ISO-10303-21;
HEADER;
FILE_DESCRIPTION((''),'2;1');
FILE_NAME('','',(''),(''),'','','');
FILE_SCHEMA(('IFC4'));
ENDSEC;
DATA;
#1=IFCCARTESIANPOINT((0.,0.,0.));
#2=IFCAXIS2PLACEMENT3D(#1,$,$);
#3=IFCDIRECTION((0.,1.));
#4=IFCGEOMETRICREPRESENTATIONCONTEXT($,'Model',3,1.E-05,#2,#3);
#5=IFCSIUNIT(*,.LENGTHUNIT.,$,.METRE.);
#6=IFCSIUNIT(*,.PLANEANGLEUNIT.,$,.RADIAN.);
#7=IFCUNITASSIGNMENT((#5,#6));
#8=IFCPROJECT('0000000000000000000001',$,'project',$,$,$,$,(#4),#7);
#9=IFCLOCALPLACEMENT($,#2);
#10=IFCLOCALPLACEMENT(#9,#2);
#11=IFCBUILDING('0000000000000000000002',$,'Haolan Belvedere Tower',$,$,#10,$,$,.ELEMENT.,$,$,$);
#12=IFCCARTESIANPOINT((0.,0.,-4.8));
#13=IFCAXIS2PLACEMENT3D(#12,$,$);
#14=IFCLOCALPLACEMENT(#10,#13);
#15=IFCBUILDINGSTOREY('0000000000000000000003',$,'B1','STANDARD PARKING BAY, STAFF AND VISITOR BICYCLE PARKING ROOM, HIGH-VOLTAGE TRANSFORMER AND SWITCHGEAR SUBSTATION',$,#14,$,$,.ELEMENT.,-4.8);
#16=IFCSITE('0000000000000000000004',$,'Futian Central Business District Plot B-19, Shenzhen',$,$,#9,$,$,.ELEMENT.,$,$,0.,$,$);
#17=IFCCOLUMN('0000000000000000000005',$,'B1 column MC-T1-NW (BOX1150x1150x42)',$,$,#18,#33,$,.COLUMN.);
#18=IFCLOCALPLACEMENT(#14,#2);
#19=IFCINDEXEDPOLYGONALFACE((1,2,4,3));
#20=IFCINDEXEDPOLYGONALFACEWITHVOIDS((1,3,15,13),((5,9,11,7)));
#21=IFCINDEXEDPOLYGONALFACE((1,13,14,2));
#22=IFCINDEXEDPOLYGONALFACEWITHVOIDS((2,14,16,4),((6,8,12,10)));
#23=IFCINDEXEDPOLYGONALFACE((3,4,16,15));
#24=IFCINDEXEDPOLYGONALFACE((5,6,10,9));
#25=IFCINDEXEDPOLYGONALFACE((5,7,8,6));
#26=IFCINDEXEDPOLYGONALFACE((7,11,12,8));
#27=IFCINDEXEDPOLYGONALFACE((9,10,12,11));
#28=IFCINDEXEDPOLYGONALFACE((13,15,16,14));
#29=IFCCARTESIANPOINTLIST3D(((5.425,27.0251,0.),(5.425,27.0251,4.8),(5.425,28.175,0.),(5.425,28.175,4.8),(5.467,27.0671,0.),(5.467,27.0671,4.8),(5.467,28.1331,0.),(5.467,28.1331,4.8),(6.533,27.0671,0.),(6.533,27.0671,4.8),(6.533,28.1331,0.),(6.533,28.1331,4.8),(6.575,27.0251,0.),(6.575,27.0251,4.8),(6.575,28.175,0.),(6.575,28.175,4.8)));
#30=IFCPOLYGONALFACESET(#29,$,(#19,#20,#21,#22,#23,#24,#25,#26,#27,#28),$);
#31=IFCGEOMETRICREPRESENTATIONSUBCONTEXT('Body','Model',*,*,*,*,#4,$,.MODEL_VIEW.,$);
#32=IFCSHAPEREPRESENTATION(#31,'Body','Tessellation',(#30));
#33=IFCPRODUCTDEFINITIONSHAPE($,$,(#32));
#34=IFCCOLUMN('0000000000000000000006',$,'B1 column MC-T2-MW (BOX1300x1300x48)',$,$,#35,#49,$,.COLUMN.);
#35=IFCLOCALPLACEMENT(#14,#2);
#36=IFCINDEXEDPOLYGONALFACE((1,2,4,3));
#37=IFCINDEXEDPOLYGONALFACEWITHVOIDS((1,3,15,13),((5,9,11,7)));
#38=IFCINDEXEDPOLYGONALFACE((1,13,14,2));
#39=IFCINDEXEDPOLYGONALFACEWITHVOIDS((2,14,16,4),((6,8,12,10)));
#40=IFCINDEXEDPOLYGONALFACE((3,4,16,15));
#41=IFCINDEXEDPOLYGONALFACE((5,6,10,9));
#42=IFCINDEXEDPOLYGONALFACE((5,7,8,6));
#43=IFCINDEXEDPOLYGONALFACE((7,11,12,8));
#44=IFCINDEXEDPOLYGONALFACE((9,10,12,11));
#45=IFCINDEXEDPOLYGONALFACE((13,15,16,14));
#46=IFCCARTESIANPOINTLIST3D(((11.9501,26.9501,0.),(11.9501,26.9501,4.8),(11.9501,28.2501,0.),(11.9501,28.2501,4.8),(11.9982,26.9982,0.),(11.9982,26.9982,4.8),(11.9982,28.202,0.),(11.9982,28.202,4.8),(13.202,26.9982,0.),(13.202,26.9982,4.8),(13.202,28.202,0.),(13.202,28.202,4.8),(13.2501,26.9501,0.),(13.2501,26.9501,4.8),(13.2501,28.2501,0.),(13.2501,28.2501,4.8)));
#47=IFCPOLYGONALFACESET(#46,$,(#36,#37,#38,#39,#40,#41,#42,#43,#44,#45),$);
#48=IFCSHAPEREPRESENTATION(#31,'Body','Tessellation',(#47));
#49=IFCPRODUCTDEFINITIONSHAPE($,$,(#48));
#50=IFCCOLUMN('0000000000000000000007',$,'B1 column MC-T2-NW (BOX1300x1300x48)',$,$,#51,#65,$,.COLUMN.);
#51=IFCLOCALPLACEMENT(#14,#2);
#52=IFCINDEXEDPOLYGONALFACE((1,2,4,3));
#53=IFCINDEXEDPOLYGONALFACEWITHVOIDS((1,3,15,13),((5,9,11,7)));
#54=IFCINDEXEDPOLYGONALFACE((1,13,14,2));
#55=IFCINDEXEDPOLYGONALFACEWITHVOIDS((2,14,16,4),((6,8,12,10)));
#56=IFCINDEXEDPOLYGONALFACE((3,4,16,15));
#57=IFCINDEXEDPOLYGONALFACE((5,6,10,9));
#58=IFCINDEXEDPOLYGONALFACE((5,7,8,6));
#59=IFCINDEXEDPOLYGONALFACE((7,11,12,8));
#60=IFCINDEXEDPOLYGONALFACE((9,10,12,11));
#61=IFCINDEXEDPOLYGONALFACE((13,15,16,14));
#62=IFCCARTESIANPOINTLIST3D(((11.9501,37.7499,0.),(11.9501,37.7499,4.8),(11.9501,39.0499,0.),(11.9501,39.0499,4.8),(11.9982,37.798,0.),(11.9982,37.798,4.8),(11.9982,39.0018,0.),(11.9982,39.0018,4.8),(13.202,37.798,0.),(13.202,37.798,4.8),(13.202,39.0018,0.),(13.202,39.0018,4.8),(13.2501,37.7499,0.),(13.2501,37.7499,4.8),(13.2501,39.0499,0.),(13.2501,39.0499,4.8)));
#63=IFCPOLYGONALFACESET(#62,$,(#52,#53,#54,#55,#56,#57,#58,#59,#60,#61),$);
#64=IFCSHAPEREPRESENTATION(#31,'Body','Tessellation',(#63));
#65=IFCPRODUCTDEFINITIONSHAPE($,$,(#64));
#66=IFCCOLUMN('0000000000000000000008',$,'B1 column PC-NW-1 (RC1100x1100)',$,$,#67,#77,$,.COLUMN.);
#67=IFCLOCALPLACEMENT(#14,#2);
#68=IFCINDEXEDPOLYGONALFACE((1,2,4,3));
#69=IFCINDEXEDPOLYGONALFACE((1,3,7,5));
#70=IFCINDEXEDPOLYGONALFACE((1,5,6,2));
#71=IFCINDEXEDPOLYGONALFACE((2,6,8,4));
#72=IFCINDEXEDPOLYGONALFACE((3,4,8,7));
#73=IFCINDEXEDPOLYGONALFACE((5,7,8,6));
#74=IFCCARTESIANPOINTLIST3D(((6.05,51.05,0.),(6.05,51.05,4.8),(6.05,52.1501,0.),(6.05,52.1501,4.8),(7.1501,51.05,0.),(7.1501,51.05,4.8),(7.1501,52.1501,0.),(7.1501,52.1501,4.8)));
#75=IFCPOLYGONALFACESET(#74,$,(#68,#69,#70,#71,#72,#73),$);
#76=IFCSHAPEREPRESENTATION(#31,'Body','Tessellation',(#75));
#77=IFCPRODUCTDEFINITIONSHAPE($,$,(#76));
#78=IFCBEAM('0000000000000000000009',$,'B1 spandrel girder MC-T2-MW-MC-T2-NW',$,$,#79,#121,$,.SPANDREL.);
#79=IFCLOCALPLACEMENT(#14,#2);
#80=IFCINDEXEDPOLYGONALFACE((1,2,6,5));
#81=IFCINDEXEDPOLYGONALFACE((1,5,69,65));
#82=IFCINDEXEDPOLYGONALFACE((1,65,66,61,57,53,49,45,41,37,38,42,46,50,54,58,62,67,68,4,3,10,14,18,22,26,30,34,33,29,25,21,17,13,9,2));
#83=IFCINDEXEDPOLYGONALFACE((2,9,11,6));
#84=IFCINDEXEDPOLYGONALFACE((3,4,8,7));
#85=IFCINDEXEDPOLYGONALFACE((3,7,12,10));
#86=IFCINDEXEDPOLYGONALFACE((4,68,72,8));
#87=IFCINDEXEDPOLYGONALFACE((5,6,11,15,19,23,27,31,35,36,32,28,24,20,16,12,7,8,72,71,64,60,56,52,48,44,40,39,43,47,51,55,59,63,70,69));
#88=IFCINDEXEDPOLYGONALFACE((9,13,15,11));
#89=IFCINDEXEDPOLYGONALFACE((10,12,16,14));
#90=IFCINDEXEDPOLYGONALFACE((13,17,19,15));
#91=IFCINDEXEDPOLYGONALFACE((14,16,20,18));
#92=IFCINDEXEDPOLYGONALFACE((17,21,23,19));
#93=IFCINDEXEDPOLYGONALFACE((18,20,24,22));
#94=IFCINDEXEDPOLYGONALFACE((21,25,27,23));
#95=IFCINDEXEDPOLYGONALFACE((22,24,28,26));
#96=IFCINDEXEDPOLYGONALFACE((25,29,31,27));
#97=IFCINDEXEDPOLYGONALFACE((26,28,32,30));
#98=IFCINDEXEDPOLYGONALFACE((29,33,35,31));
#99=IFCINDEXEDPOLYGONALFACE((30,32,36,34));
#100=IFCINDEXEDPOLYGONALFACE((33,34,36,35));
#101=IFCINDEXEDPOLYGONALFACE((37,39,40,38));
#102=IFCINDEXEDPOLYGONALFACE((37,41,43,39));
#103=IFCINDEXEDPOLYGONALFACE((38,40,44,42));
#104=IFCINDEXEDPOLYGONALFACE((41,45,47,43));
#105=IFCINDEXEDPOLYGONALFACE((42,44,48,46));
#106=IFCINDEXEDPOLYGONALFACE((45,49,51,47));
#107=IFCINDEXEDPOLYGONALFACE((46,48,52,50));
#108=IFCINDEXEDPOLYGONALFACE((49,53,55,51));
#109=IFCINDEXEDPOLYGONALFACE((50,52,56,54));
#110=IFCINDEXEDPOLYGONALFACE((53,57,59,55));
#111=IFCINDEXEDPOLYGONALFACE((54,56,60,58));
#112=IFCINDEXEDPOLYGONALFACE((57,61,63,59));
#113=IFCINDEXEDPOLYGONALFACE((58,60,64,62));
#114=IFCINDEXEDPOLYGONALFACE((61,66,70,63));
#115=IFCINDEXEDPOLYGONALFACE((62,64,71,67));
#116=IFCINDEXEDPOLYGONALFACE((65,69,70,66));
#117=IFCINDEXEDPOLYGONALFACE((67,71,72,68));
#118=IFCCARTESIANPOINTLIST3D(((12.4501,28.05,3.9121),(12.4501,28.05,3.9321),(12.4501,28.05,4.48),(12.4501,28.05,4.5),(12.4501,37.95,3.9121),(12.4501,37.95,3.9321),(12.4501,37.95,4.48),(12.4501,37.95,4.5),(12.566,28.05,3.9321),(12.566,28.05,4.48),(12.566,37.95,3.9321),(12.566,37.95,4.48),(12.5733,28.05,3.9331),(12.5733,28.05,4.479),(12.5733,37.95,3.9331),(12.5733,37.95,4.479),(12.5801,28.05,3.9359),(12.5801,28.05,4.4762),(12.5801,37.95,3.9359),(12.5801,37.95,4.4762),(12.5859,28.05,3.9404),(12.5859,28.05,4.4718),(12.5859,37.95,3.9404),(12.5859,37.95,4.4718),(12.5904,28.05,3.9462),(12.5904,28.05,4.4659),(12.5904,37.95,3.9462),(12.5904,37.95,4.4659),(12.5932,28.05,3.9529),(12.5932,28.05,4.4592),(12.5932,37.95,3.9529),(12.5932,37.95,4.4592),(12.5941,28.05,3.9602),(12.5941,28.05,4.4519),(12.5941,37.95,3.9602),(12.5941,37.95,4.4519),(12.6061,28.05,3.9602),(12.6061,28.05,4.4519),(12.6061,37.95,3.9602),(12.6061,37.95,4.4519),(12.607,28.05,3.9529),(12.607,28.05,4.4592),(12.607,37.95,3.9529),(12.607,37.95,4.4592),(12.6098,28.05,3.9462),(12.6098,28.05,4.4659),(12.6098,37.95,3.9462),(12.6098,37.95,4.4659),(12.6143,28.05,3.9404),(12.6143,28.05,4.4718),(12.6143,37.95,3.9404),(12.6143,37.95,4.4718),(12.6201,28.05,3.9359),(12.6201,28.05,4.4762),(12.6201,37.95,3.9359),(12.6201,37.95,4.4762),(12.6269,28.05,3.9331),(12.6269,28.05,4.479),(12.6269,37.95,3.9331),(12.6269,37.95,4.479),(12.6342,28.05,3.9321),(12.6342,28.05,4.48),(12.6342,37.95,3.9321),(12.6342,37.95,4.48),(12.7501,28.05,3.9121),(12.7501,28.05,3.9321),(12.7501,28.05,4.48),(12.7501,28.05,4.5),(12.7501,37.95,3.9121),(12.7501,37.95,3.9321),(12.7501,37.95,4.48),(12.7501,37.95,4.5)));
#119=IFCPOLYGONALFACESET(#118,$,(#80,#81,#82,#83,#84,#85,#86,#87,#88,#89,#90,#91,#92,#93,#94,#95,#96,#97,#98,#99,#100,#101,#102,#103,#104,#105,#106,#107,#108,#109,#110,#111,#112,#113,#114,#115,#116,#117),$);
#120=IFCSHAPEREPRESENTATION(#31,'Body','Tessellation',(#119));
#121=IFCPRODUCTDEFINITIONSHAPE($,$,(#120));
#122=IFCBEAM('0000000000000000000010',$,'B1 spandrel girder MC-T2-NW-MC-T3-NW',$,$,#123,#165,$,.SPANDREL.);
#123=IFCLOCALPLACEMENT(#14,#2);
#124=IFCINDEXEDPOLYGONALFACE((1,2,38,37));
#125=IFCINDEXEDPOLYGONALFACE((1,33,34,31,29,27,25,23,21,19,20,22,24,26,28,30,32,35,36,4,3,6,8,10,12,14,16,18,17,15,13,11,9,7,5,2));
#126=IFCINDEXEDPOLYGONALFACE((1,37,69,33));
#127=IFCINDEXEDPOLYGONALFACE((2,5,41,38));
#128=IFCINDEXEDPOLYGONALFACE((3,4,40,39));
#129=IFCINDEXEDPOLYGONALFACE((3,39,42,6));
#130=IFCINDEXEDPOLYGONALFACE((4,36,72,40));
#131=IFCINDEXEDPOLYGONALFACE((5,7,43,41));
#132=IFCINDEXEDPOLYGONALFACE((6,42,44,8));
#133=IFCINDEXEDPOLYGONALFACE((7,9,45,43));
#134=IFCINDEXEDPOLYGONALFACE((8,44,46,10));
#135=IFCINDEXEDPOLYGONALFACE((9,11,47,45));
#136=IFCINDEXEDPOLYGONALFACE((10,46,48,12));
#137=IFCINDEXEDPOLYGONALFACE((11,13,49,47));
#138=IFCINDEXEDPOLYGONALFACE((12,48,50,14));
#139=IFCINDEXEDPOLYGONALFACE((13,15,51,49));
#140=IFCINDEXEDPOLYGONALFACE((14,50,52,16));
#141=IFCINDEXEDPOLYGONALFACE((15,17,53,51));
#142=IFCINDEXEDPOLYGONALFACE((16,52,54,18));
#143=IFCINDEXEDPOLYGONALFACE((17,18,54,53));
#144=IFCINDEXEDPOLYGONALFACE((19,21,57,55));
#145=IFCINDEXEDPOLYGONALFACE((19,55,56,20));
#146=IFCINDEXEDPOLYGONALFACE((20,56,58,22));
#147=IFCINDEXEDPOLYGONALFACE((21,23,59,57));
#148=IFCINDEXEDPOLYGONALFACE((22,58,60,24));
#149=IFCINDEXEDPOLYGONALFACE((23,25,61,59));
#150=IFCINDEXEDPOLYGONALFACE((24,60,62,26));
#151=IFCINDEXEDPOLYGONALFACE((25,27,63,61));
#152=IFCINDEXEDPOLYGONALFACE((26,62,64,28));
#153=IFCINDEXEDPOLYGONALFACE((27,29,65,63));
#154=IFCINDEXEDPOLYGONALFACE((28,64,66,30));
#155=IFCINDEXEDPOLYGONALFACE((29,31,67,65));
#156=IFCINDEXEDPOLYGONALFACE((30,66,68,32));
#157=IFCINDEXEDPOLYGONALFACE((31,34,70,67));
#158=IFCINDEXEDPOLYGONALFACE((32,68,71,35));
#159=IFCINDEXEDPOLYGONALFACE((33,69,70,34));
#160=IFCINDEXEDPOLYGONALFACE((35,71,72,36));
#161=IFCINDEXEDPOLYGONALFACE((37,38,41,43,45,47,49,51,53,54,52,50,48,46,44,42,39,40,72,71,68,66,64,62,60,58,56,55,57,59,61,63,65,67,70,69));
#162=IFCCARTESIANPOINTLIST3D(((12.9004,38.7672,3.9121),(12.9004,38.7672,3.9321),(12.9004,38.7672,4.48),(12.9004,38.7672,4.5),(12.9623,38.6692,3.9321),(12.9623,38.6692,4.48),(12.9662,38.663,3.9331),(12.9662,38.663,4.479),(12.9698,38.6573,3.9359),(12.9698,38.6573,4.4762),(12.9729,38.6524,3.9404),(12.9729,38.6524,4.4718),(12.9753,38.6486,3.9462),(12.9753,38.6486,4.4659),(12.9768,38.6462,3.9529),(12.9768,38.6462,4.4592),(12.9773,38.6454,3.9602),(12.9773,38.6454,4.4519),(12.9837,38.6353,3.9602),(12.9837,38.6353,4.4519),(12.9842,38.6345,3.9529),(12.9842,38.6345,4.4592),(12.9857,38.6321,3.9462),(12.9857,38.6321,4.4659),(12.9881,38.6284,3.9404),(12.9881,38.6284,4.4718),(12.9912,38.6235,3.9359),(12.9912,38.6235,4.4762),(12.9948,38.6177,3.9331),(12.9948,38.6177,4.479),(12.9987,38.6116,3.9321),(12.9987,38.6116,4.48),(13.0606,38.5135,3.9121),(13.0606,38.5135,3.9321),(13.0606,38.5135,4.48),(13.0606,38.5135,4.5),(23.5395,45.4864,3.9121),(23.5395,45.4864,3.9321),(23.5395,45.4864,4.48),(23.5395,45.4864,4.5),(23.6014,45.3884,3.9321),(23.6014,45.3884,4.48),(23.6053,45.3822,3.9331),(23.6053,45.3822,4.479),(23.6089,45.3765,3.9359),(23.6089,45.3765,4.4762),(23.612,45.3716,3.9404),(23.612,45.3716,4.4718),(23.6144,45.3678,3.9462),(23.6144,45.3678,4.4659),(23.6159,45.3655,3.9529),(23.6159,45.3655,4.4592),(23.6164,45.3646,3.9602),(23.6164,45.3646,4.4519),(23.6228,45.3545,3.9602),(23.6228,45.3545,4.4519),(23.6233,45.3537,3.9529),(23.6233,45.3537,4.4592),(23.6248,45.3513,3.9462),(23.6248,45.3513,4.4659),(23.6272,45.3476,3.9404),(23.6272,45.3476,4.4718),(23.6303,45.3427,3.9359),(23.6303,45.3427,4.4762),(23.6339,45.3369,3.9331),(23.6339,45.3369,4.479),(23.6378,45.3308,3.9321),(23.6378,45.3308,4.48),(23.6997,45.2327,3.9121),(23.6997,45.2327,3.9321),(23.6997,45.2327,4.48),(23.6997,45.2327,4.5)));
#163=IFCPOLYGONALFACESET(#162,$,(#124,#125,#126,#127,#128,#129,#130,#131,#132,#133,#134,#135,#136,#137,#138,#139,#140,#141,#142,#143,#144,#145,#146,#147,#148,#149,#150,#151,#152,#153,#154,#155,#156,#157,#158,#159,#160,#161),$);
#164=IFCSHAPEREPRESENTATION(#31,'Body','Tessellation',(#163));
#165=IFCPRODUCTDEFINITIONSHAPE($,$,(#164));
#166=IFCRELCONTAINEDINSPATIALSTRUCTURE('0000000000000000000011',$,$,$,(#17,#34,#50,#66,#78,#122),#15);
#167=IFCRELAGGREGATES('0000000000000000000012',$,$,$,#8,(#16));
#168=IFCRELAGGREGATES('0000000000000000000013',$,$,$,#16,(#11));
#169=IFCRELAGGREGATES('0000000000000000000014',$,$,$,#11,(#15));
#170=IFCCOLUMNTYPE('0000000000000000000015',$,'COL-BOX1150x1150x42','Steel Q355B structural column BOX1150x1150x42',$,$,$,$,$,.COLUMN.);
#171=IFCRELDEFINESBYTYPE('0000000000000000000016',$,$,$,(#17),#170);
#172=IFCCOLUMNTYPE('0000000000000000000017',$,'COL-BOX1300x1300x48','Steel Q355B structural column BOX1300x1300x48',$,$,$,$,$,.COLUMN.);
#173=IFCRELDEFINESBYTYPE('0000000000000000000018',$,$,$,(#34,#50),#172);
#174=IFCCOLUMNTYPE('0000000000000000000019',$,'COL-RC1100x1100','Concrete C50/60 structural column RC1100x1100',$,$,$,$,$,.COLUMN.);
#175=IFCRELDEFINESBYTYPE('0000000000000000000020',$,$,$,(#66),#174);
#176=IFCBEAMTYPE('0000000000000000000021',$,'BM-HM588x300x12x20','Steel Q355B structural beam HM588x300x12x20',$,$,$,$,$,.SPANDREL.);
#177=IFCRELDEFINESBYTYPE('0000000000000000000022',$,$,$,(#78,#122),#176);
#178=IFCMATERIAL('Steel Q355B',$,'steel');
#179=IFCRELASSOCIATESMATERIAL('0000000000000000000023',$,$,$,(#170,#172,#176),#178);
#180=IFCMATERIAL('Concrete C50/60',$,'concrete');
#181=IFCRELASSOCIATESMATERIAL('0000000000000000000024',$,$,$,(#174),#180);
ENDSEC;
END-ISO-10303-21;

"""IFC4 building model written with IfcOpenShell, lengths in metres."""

from ifc_helpers import new_model, si_unit, direction, frame, origin, origin_2d, place, context, subcontext, project, spatial, rectangle, hollow_rectangle, i_section, extrude, material, material_profile, profile_set, type_object, element, save


model = new_model("IFC4")

# Units and contexts
model_context = context("Model", 3, precision=1e-05, world=origin(), true_north=direction((0.0, 1.0)))
body_context = subcontext(model_context, "Body", "Model", "MODEL_VIEW")
ifc_project = project(units=[si_unit("LENGTHUNIT", "METRE"), si_unit("PLANEANGLEUNIT", "RADIAN")], contexts=[model_context])

# Site, building, storey
site_placement = place(None, origin())
site = spatial("IfcSite", under=ifc_project, at=site_placement, Name="Futian Central Business District Plot B-19, Shenzhen", CompositionType="ELEMENT", RefElevation=0.0)
building_placement = place(site_placement, origin())
building = spatial("IfcBuilding", under=site, at=building_placement, Name="Haolan Belvedere Tower", CompositionType="ELEMENT")
storey_placement = place(building_placement, frame((0.0, 0.0, -4.8)))
storey = spatial("IfcBuildingStorey", under=building, at=storey_placement, Name="B1", Description="STANDARD PARKING BAY, STAFF AND VISITOR BICYCLE PARKING ROOM, HIGH-VOLTAGE TRANSFORMER AND SWITCHGEAR SUBSTATION", CompositionType="ELEMENT", Elevation=-4.8)

# Columns
ifc_material_1 = material(Name="Steel Q355B", Category="steel")
ifc_material_profile_1 = material_profile(ifc_material_1, hollow_rectangle(XDim=1.1499, YDim=1.1499, WallThickness=0.042, at=origin_2d()), Name="Steel Q355B")
ifc_profile_set_1 = profile_set([ifc_material_profile_1], Name="Steel Q355B")
column_type_1 = type_object("IfcColumnType", Name="COL-BOX1150x1150x42", Description="Steel Q355B structural column BOX1150x1150x42", PredefinedType="COLUMN", material=ifc_profile_set_1)
column_1_placement = place(storey_placement, frame((6.0, 27.6001, 0.0), z_axis=(0.0, 0.0, 1.0), x_axis=(1.0, 0.0, 0.0)))
element("IfcColumn", 1, at=column_1_placement, inside=storey, type_object=column_type_1, Name="B1 column MC-T1-NW (BOX1150x1150x42)", PredefinedType="COLUMN", context=body_context, shape_type="SweptSolid", body=[
    extrude(hollow_rectangle(XDim=1.1499, YDim=1.1499, WallThickness=0.042, at=origin_2d()), origin(), (0.0, 0.0, 1.0), 4.8),
])
ifc_material_profile_2 = material_profile(ifc_material_1, hollow_rectangle(XDim=1.3, YDim=1.3, WallThickness=0.0481, at=origin_2d()), Name="Steel Q355B")
ifc_profile_set_2 = profile_set([ifc_material_profile_2], Name="Steel Q355B")
column_type_2 = type_object("IfcColumnType", Name="COL-BOX1300x1300x48", Description="Steel Q355B structural column BOX1300x1300x48", PredefinedType="COLUMN", material=ifc_profile_set_2)
for number, where, z_axis, x_axis, name in (
    (2, (12.6001, 27.6001, 0.0), (0.0, 0.0, 1.0), (1.0, 0.0, 0.0), "B1 column MC-T2-MW (BOX1300x1300x48)"),
    (3, (12.6001, 38.3999, 0.0), (0.0, 0.0, 1.0), (1.0, 0.0, 0.0), "B1 column MC-T2-NW (BOX1300x1300x48)"),
):
    element("IfcColumn", number, at=place(storey_placement, frame(where, z_axis=z_axis, x_axis=x_axis)), inside=storey, type_object=column_type_2, Name=name, PredefinedType="COLUMN", context=body_context, shape_type="SweptSolid", body=[
        extrude(hollow_rectangle(XDim=1.3, YDim=1.3, WallThickness=0.0481, at=origin_2d()), origin(), (0.0, 0.0, 1.0), 4.8),
    ])
ifc_material_2 = material(Name="Concrete C50/60", Category="concrete")
ifc_material_profile_3 = material_profile(ifc_material_2, rectangle(XDim=1.1001, YDim=1.1001, at=origin_2d()), Name="Concrete C50/60")
ifc_profile_set_3 = profile_set([ifc_material_profile_3], Name="Concrete C50/60")
column_type_3 = type_object("IfcColumnType", Name="COL-RC1100x1100", Description="Concrete C50/60 structural column RC1100x1100", PredefinedType="COLUMN", material=ifc_profile_set_3)
column_2_placement = place(storey_placement, frame((6.6001, 51.6001, 0.0), z_axis=(0.0, 0.0, 1.0), x_axis=(1.0, 0.0, 0.0)))
element("IfcColumn", 4, at=column_2_placement, inside=storey, type_object=column_type_3, Name="B1 column PC-NW-1 (RC1100x1100)", PredefinedType="COLUMN", context=body_context, shape_type="SweptSolid", body=[
    extrude(rectangle(XDim=1.1001, YDim=1.1001, at=origin_2d()), origin(), (0.0, 0.0, 1.0), 4.8),
])

# Beams
ifc_material_profile_4 = material_profile(ifc_material_1, i_section(OverallWidth=0.3, OverallDepth=0.5879, WebThickness=0.012, FlangeThickness=0.02, FilletRadius=0.0281, at=origin_2d()), Name="Steel Q355B")
ifc_profile_set_4 = profile_set([ifc_material_profile_4], Name="Steel Q355B")
beam_type_1 = type_object("IfcBeamType", Name="BM-HM588x300x12x20", Description="Steel Q355B structural beam HM588x300x12x20", PredefinedType="SPANDREL", material=ifc_profile_set_4)
beam_1_placement = place(storey_placement, frame((12.6001, 28.05, 4.2061), z_axis=(0.0, 1.0, 0.0), x_axis=(-1.0, 0.0, 0.0)))
element("IfcBeam", 5, at=beam_1_placement, inside=storey, type_object=beam_type_1, Name="B1 spandrel girder MC-T2-MW-MC-T2-NW", PredefinedType="SPANDREL", context=body_context, shape_type="SweptSolid", body=[
    extrude(i_section(OverallWidth=0.3, OverallDepth=0.5879, WebThickness=0.012, FlangeThickness=0.02, FilletRadius=0.0281, at=origin_2d()), origin(), (0.0, 0.0, 1.0), 9.8999),
])
beam_2_placement = place(storey_placement, frame((12.9805, 38.6404, 4.2061), z_axis=(0.845497, 0.53398, 0.0), x_axis=(-0.53398, 0.845497, 0.0)))
element("IfcBeam", 6, at=beam_2_placement, inside=storey, type_object=beam_type_1, Name="B1 spandrel girder MC-T2-NW-MC-T3-NW", PredefinedType="SPANDREL", context=body_context, shape_type="SweptSolid", body=[
    extrude(i_section(OverallWidth=0.3, OverallDepth=0.5879, WebThickness=0.012, FlangeThickness=0.02, FilletRadius=0.0281, at=origin_2d()), origin(), (0.0, 0.0, 1.0), 12.5833),
])

save(model, "model.ifc")
